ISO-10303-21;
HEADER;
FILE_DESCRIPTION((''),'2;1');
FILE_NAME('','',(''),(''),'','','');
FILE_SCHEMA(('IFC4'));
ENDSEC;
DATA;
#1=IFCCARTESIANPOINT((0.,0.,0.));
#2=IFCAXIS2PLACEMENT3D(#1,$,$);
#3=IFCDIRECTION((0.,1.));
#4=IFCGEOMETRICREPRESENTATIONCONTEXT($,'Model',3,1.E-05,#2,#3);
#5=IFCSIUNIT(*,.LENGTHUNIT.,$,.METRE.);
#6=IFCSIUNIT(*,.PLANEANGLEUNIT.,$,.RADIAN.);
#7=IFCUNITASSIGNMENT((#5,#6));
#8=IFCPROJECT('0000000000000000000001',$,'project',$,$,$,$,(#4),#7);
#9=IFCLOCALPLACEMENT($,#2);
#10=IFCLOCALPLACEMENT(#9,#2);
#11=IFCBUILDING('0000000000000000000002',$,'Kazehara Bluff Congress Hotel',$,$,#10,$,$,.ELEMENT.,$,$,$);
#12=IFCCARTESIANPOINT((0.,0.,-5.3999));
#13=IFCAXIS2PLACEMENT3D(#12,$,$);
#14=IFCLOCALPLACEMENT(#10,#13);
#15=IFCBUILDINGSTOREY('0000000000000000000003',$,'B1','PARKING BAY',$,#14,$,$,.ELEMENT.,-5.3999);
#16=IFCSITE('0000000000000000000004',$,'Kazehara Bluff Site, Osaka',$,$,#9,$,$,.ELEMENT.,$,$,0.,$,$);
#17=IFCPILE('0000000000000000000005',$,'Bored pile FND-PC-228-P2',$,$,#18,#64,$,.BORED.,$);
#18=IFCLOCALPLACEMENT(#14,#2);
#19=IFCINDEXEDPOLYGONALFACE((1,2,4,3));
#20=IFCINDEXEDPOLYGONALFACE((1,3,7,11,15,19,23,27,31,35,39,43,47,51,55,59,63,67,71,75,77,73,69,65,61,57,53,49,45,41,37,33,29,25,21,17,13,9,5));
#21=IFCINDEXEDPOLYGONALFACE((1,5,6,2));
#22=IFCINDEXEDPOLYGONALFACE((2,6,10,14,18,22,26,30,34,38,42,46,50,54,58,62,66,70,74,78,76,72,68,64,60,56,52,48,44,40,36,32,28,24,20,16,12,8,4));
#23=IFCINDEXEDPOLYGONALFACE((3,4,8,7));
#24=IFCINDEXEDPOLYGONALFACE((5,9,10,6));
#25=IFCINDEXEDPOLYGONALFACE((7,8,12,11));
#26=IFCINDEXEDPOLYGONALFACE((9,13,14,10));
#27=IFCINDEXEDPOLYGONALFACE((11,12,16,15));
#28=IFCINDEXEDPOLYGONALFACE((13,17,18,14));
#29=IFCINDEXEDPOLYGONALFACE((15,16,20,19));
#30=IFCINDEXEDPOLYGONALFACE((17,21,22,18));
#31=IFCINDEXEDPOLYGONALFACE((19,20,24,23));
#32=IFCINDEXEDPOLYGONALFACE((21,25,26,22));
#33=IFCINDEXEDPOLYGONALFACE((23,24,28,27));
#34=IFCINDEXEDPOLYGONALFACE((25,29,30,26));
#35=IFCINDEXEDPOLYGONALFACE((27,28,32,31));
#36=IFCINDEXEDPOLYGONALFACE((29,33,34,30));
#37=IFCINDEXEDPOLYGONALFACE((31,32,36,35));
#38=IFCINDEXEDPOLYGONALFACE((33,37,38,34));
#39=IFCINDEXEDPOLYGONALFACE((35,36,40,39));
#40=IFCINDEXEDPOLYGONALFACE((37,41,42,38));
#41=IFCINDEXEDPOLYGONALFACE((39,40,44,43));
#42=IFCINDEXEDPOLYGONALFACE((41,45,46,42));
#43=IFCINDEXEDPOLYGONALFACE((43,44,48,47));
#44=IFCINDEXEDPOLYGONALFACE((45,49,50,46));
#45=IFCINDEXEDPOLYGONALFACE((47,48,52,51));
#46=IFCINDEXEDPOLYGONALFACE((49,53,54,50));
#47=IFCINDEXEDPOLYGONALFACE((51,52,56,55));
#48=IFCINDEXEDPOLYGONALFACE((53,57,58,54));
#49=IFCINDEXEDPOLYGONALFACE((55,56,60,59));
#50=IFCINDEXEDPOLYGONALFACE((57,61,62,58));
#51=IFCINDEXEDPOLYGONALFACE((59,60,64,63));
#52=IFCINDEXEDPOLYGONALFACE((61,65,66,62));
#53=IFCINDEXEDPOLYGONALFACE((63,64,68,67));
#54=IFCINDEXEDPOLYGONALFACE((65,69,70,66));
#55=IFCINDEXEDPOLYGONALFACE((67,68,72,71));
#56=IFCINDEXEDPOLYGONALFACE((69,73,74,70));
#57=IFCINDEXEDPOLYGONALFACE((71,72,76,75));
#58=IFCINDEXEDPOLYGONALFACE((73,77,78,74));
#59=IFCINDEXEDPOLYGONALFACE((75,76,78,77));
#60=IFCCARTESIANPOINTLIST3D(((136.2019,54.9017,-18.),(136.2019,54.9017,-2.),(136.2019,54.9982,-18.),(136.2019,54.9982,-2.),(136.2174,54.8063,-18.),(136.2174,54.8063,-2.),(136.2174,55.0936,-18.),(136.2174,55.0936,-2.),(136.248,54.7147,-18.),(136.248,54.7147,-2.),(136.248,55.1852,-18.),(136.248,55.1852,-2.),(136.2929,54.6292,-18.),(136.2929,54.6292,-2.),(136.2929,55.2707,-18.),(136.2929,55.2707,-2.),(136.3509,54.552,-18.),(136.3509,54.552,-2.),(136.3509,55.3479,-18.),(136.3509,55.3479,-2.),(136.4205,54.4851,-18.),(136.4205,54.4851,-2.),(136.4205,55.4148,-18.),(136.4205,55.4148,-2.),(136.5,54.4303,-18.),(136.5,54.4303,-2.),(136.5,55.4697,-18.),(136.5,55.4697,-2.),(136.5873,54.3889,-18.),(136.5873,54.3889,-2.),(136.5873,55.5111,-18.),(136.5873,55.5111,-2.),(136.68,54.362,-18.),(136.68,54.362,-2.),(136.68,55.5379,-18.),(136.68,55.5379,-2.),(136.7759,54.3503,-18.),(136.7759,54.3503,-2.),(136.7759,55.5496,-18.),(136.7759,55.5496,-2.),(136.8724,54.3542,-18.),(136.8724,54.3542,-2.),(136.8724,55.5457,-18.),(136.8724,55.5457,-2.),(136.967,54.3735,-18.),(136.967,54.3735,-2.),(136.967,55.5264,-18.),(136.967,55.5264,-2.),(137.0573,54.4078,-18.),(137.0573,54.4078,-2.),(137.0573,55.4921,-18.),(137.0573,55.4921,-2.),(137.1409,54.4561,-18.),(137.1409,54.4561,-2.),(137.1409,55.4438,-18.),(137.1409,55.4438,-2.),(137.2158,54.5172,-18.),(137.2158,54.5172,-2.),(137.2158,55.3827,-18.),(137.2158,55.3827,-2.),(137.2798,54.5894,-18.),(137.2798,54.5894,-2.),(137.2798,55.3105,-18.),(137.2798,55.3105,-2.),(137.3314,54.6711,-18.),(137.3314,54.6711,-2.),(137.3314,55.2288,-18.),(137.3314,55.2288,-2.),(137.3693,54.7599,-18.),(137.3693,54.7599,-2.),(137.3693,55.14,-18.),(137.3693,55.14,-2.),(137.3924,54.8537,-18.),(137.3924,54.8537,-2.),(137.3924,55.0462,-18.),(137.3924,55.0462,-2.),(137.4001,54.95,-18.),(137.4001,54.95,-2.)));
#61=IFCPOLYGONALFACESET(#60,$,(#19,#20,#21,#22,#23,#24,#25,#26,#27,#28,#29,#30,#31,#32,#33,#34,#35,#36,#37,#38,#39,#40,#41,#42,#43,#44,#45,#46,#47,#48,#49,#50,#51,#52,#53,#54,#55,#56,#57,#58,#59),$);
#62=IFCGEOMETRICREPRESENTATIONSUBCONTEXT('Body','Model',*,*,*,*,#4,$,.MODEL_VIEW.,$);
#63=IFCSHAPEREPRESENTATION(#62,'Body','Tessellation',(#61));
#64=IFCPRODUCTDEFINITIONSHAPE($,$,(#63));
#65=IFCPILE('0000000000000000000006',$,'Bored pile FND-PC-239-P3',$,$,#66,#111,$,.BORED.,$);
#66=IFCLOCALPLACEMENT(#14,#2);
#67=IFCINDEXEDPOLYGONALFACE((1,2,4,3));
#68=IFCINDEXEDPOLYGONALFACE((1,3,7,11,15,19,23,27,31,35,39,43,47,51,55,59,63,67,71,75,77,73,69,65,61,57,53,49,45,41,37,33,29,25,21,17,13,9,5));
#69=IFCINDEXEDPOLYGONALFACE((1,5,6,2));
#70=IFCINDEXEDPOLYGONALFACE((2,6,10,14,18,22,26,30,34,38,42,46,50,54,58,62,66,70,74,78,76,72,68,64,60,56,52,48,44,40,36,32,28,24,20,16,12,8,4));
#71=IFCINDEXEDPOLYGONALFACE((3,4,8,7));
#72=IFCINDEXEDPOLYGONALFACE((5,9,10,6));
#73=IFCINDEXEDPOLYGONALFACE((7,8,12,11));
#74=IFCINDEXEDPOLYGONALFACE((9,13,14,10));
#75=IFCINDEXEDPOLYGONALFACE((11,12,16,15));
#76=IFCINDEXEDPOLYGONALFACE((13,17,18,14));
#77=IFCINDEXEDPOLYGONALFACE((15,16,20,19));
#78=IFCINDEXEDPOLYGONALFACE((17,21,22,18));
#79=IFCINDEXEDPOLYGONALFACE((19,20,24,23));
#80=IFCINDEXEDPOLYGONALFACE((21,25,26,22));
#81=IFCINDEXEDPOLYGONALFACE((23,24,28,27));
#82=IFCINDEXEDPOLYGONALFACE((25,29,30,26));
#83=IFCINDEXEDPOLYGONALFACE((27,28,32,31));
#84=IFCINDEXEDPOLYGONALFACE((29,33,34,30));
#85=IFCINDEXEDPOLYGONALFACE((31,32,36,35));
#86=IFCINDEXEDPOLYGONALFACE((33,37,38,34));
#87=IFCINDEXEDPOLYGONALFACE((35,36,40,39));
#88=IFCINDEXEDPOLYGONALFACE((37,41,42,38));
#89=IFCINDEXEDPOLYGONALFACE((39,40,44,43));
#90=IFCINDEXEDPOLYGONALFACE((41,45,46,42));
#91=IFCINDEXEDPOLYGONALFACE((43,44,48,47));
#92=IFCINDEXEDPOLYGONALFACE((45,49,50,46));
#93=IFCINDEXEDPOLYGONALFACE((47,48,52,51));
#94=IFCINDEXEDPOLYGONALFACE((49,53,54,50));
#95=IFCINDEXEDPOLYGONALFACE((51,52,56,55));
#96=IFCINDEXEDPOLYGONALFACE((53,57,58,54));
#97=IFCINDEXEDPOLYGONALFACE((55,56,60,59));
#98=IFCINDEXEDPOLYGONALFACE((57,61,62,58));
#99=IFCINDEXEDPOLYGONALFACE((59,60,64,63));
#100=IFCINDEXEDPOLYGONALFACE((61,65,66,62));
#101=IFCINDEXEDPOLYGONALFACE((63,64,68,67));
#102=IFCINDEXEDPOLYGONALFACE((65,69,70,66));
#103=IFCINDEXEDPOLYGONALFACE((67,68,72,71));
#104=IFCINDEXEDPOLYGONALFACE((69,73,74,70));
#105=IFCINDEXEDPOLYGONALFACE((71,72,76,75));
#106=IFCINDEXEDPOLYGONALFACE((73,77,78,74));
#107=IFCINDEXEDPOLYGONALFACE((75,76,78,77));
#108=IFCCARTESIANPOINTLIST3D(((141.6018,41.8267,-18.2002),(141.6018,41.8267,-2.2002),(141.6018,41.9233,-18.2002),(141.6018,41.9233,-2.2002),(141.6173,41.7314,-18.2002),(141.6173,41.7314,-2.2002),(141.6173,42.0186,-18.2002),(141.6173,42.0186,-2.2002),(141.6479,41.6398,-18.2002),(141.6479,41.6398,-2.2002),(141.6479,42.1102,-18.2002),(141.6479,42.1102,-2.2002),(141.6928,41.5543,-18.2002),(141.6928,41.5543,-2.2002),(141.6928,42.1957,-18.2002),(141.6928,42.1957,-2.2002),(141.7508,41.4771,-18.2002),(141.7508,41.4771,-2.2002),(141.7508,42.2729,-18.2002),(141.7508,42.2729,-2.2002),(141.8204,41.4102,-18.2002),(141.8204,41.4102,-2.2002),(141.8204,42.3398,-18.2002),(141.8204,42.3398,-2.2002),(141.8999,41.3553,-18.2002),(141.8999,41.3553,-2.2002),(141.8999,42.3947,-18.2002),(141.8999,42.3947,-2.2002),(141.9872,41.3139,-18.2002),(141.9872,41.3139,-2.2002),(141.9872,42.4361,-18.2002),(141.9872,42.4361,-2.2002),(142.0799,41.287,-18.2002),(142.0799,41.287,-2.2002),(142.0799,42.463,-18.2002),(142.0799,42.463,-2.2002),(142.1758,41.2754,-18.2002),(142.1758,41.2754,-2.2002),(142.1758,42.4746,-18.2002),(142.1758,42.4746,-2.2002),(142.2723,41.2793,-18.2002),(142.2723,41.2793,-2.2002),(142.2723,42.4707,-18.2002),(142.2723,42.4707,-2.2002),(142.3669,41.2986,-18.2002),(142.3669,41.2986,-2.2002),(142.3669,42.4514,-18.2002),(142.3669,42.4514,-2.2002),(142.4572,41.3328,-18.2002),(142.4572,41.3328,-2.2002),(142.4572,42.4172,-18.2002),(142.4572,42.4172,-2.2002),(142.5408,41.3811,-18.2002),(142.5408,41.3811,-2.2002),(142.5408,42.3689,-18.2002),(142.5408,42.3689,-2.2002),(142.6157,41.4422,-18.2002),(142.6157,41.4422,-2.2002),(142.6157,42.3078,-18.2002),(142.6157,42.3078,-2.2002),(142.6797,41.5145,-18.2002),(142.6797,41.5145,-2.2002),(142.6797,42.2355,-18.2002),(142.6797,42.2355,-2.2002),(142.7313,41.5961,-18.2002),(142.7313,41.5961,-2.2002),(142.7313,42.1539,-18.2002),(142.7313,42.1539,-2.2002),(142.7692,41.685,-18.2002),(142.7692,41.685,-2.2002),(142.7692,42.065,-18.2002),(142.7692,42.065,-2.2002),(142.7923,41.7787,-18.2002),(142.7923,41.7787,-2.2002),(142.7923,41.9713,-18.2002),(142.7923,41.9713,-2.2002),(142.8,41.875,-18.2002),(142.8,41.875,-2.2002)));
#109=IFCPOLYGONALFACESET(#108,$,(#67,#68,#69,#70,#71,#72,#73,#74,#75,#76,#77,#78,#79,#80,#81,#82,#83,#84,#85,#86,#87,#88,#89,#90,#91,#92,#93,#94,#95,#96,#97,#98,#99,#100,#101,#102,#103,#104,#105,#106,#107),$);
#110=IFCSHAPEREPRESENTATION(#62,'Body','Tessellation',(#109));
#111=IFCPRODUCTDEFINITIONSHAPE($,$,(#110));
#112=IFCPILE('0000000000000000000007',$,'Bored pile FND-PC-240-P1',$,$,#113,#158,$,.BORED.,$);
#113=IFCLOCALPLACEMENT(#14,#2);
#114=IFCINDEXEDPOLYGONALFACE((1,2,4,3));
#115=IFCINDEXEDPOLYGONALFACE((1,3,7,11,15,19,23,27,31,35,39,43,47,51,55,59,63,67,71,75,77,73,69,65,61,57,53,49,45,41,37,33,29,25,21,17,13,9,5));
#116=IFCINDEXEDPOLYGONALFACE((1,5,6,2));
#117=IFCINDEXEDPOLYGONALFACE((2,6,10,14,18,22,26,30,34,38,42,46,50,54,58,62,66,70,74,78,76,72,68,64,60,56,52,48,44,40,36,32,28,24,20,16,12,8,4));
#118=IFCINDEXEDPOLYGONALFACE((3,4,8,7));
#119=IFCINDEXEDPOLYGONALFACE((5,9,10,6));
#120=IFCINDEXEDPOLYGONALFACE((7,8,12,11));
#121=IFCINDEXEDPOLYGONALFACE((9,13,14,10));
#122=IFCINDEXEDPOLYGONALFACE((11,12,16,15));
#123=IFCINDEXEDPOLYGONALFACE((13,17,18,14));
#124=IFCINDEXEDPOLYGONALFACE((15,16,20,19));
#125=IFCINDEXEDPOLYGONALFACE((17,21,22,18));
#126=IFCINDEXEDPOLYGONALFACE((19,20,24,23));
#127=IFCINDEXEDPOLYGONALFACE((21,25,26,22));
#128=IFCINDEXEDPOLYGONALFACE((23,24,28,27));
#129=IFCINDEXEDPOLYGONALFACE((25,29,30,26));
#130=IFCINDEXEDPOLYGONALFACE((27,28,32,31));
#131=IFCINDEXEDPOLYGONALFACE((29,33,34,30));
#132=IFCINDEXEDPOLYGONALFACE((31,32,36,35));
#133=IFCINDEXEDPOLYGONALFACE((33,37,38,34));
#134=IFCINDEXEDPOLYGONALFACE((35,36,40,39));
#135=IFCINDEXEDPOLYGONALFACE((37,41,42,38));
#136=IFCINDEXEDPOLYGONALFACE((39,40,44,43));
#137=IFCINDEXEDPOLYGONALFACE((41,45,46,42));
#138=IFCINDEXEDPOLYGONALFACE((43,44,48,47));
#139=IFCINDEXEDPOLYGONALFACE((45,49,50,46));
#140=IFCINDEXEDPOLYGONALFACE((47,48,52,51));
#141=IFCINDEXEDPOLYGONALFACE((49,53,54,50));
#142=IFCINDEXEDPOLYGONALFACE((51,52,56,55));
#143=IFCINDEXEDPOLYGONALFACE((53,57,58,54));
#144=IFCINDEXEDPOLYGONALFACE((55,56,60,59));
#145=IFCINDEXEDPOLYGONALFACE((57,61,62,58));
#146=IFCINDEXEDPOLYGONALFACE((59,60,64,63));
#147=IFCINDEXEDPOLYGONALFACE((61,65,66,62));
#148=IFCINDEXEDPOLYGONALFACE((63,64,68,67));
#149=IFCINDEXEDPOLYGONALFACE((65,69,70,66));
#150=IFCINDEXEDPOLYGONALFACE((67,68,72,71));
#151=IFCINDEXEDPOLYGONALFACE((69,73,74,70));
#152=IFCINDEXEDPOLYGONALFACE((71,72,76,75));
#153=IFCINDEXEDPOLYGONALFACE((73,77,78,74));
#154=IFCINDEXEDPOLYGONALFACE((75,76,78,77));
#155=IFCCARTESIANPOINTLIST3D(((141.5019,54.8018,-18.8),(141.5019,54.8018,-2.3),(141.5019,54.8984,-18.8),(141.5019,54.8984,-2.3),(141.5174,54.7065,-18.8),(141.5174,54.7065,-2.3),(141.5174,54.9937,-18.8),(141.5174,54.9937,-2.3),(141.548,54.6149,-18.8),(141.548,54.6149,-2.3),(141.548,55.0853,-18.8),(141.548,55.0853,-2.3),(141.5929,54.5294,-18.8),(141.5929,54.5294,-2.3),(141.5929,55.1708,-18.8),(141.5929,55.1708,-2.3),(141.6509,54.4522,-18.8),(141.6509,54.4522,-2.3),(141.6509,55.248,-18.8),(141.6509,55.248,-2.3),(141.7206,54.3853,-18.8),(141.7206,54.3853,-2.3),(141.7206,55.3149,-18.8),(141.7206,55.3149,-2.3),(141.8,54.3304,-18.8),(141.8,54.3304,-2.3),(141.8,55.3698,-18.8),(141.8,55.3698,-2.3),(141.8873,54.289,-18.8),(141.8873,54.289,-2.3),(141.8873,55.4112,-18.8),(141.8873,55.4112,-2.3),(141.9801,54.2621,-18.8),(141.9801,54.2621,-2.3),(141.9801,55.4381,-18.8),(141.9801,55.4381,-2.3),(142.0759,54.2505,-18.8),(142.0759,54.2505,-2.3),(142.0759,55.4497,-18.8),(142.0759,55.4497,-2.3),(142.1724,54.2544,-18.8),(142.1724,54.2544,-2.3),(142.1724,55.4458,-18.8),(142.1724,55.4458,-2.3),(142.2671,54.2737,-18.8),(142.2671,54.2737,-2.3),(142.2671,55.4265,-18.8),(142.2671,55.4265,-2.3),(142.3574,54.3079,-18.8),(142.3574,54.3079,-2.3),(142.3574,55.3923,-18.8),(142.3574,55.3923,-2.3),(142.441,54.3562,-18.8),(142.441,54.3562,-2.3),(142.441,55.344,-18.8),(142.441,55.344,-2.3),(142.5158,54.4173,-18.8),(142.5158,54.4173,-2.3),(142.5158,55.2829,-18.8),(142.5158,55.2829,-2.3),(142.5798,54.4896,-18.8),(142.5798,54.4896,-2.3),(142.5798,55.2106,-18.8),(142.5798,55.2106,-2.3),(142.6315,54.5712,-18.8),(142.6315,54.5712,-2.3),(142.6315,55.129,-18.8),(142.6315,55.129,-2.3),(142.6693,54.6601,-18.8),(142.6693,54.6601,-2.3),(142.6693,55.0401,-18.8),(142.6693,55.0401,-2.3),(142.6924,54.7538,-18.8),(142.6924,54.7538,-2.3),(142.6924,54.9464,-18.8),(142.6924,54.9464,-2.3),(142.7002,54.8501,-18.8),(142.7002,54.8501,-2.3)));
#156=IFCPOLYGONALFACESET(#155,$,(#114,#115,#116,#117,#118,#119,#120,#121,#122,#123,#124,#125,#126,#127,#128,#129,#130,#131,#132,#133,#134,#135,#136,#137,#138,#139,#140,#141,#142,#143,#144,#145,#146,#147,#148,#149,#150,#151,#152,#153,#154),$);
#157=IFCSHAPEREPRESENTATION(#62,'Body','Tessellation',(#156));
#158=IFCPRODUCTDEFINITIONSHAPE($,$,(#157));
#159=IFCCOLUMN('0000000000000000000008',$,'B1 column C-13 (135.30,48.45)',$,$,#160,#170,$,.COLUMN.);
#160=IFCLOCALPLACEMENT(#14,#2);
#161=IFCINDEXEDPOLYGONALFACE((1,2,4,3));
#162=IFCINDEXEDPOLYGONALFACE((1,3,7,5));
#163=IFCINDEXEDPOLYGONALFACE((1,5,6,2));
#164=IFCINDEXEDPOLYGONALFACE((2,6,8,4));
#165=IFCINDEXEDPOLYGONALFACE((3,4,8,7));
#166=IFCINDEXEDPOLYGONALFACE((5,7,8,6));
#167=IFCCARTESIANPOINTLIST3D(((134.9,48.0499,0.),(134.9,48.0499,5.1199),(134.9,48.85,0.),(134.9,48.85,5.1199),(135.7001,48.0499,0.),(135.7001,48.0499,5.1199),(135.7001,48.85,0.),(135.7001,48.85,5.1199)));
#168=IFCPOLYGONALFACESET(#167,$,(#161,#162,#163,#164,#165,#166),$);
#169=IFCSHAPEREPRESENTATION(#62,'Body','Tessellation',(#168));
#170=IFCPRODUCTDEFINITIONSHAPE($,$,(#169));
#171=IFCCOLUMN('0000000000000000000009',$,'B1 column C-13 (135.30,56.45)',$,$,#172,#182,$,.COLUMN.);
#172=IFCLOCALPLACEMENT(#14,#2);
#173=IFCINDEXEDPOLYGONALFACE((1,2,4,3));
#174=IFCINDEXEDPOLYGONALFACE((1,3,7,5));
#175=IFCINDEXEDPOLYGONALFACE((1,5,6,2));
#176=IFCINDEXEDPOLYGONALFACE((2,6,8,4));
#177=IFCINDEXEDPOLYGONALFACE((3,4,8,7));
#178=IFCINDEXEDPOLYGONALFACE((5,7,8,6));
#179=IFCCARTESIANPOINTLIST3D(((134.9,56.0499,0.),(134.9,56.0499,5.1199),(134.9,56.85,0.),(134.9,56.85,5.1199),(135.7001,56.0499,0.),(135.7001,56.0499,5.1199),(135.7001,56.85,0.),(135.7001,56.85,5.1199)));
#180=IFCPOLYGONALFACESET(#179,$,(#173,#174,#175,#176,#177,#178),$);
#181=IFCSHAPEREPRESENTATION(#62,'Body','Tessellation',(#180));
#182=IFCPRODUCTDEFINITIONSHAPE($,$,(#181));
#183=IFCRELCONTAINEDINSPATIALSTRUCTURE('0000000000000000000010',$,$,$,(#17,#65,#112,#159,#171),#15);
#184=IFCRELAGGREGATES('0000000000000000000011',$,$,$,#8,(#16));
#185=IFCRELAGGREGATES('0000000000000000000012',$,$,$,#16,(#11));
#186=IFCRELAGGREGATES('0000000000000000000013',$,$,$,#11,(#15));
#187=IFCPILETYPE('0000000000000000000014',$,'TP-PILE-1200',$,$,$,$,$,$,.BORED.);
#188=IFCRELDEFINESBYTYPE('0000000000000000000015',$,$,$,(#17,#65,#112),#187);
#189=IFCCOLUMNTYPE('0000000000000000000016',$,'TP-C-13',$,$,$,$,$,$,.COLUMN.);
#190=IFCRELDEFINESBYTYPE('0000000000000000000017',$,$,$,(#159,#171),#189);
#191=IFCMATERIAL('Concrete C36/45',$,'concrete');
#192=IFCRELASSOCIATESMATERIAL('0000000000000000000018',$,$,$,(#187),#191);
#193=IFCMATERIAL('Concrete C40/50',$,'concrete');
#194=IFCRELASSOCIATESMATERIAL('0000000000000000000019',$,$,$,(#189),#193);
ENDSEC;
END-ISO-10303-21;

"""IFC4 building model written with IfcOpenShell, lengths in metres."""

from ifc_helpers import new_model, si_unit, direction, frame, origin, origin_2d, place, context, subcontext, project, spatial, rectangle, circle, extrude, material, material_profile, profile_set, type_object, element, save


model = new_model("IFC4")

# Units and contexts
model_context = context("Model", 3, precision=1e-05, world=origin(), true_north=direction((0.0, 1.0)))
body_context = subcontext(model_context, "Body", "Model", "MODEL_VIEW")
ifc_project = project(units=[si_unit("LENGTHUNIT", "METRE"), si_unit("PLANEANGLEUNIT", "RADIAN")], contexts=[model_context])

# Site, building, storey
site_placement = place(None, origin())
site = spatial("IfcSite", under=ifc_project, at=site_placement, Name="Kazehara Bluff Site, Osaka", CompositionType="ELEMENT", RefElevation=0.0)
building_placement = place(site_placement, origin())
building = spatial("IfcBuilding", under=site, at=building_placement, Name="Kazehara Bluff Congress Hotel", CompositionType="ELEMENT")
storey_placement = place(building_placement, frame((0.0, 0.0, -5.3999)))
storey = spatial("IfcBuildingStorey", under=building, at=storey_placement, Name="B1", Description="PARKING BAY", CompositionType="ELEMENT", Elevation=-5.3999)

# Piles
ifc_material_1 = material(Name="Concrete C36/45", Category="concrete")
ifc_material_profile_1 = material_profile(ifc_material_1, circle(Radius=0.6001, at=origin_2d()))
ifc_profile_set_1 = profile_set([ifc_material_profile_1], Name="Concrete C36/45")
pile_type = type_object("IfcPileType", Name="TP-PILE-1200", PredefinedType="BORED", material=ifc_profile_set_1)
for number, where, z_axis, x_axis, name in (
    (1, (136.8, 54.95, -2.0), (0.0, 0.0, -1.0), (1.0, 0.0, 0.0), "Bored pile FND-PC-228-P2"),
    (2, (142.2, 41.875, -2.2002), (0.0, 0.0, -1.0), (1.0, 0.0, 0.0), "Bored pile FND-PC-239-P3"),
):
    element("IfcPile", number, at=place(storey_placement, frame(where, z_axis=z_axis, x_axis=x_axis)), inside=storey, type_object=pile_type, Name=name, PredefinedType="BORED", context=body_context, shape_type="SweptSolid", body=[
        extrude(circle(Radius=0.6001, at=origin_2d()), origin(), (0.0, 0.0, 1.0), 16.0),
    ])
pile_placement = place(storey_placement, frame((142.1001, 54.8501, -2.3), z_axis=(0.0, 0.0, -1.0), x_axis=(1.0, 0.0, 0.0)))
element("IfcPile", 3, at=pile_placement, inside=storey, type_object=pile_type, Name="Bored pile FND-PC-240-P1", PredefinedType="BORED", context=body_context, shape_type="SweptSolid", body=[
    extrude(circle(Radius=0.6001, at=origin_2d()), origin(), (0.0, 0.0, 1.0), 16.5),
])

# Columns
ifc_material_2 = material(Name="Concrete C40/50", Category="concrete")
ifc_material_profile_2 = material_profile(ifc_material_2, rectangle(XDim=0.8, YDim=0.8, at=origin_2d()))
ifc_profile_set_2 = profile_set([ifc_material_profile_2], Name="Concrete C40/50")
column_type = type_object("IfcColumnType", Name="TP-C-13", PredefinedType="COLUMN", material=ifc_profile_set_2)
for number, where, z_axis, x_axis, name in (
    (4, (135.3, 48.45, 0.0), (0.0, 0.0, 1.0), (1.0, 0.0, 0.0), "B1 column C-13 (135.30,48.45)"),
    (5, (135.3, 56.45, 0.0), (0.0, 0.0, 1.0), (1.0, 0.0, 0.0), "B1 column C-13 (135.30,56.45)"),
):
    element("IfcColumn", number, at=place(storey_placement, frame(where, z_axis=z_axis, x_axis=x_axis)), inside=storey, type_object=column_type, Name=name, PredefinedType="COLUMN", context=body_context, shape_type="SweptSolid", body=[
        extrude(rectangle(XDim=0.8, YDim=0.8, at=origin_2d()), origin(), (0.0, 0.0, 1.0), 5.1199),
    ])

save(model, "model.ifc")
